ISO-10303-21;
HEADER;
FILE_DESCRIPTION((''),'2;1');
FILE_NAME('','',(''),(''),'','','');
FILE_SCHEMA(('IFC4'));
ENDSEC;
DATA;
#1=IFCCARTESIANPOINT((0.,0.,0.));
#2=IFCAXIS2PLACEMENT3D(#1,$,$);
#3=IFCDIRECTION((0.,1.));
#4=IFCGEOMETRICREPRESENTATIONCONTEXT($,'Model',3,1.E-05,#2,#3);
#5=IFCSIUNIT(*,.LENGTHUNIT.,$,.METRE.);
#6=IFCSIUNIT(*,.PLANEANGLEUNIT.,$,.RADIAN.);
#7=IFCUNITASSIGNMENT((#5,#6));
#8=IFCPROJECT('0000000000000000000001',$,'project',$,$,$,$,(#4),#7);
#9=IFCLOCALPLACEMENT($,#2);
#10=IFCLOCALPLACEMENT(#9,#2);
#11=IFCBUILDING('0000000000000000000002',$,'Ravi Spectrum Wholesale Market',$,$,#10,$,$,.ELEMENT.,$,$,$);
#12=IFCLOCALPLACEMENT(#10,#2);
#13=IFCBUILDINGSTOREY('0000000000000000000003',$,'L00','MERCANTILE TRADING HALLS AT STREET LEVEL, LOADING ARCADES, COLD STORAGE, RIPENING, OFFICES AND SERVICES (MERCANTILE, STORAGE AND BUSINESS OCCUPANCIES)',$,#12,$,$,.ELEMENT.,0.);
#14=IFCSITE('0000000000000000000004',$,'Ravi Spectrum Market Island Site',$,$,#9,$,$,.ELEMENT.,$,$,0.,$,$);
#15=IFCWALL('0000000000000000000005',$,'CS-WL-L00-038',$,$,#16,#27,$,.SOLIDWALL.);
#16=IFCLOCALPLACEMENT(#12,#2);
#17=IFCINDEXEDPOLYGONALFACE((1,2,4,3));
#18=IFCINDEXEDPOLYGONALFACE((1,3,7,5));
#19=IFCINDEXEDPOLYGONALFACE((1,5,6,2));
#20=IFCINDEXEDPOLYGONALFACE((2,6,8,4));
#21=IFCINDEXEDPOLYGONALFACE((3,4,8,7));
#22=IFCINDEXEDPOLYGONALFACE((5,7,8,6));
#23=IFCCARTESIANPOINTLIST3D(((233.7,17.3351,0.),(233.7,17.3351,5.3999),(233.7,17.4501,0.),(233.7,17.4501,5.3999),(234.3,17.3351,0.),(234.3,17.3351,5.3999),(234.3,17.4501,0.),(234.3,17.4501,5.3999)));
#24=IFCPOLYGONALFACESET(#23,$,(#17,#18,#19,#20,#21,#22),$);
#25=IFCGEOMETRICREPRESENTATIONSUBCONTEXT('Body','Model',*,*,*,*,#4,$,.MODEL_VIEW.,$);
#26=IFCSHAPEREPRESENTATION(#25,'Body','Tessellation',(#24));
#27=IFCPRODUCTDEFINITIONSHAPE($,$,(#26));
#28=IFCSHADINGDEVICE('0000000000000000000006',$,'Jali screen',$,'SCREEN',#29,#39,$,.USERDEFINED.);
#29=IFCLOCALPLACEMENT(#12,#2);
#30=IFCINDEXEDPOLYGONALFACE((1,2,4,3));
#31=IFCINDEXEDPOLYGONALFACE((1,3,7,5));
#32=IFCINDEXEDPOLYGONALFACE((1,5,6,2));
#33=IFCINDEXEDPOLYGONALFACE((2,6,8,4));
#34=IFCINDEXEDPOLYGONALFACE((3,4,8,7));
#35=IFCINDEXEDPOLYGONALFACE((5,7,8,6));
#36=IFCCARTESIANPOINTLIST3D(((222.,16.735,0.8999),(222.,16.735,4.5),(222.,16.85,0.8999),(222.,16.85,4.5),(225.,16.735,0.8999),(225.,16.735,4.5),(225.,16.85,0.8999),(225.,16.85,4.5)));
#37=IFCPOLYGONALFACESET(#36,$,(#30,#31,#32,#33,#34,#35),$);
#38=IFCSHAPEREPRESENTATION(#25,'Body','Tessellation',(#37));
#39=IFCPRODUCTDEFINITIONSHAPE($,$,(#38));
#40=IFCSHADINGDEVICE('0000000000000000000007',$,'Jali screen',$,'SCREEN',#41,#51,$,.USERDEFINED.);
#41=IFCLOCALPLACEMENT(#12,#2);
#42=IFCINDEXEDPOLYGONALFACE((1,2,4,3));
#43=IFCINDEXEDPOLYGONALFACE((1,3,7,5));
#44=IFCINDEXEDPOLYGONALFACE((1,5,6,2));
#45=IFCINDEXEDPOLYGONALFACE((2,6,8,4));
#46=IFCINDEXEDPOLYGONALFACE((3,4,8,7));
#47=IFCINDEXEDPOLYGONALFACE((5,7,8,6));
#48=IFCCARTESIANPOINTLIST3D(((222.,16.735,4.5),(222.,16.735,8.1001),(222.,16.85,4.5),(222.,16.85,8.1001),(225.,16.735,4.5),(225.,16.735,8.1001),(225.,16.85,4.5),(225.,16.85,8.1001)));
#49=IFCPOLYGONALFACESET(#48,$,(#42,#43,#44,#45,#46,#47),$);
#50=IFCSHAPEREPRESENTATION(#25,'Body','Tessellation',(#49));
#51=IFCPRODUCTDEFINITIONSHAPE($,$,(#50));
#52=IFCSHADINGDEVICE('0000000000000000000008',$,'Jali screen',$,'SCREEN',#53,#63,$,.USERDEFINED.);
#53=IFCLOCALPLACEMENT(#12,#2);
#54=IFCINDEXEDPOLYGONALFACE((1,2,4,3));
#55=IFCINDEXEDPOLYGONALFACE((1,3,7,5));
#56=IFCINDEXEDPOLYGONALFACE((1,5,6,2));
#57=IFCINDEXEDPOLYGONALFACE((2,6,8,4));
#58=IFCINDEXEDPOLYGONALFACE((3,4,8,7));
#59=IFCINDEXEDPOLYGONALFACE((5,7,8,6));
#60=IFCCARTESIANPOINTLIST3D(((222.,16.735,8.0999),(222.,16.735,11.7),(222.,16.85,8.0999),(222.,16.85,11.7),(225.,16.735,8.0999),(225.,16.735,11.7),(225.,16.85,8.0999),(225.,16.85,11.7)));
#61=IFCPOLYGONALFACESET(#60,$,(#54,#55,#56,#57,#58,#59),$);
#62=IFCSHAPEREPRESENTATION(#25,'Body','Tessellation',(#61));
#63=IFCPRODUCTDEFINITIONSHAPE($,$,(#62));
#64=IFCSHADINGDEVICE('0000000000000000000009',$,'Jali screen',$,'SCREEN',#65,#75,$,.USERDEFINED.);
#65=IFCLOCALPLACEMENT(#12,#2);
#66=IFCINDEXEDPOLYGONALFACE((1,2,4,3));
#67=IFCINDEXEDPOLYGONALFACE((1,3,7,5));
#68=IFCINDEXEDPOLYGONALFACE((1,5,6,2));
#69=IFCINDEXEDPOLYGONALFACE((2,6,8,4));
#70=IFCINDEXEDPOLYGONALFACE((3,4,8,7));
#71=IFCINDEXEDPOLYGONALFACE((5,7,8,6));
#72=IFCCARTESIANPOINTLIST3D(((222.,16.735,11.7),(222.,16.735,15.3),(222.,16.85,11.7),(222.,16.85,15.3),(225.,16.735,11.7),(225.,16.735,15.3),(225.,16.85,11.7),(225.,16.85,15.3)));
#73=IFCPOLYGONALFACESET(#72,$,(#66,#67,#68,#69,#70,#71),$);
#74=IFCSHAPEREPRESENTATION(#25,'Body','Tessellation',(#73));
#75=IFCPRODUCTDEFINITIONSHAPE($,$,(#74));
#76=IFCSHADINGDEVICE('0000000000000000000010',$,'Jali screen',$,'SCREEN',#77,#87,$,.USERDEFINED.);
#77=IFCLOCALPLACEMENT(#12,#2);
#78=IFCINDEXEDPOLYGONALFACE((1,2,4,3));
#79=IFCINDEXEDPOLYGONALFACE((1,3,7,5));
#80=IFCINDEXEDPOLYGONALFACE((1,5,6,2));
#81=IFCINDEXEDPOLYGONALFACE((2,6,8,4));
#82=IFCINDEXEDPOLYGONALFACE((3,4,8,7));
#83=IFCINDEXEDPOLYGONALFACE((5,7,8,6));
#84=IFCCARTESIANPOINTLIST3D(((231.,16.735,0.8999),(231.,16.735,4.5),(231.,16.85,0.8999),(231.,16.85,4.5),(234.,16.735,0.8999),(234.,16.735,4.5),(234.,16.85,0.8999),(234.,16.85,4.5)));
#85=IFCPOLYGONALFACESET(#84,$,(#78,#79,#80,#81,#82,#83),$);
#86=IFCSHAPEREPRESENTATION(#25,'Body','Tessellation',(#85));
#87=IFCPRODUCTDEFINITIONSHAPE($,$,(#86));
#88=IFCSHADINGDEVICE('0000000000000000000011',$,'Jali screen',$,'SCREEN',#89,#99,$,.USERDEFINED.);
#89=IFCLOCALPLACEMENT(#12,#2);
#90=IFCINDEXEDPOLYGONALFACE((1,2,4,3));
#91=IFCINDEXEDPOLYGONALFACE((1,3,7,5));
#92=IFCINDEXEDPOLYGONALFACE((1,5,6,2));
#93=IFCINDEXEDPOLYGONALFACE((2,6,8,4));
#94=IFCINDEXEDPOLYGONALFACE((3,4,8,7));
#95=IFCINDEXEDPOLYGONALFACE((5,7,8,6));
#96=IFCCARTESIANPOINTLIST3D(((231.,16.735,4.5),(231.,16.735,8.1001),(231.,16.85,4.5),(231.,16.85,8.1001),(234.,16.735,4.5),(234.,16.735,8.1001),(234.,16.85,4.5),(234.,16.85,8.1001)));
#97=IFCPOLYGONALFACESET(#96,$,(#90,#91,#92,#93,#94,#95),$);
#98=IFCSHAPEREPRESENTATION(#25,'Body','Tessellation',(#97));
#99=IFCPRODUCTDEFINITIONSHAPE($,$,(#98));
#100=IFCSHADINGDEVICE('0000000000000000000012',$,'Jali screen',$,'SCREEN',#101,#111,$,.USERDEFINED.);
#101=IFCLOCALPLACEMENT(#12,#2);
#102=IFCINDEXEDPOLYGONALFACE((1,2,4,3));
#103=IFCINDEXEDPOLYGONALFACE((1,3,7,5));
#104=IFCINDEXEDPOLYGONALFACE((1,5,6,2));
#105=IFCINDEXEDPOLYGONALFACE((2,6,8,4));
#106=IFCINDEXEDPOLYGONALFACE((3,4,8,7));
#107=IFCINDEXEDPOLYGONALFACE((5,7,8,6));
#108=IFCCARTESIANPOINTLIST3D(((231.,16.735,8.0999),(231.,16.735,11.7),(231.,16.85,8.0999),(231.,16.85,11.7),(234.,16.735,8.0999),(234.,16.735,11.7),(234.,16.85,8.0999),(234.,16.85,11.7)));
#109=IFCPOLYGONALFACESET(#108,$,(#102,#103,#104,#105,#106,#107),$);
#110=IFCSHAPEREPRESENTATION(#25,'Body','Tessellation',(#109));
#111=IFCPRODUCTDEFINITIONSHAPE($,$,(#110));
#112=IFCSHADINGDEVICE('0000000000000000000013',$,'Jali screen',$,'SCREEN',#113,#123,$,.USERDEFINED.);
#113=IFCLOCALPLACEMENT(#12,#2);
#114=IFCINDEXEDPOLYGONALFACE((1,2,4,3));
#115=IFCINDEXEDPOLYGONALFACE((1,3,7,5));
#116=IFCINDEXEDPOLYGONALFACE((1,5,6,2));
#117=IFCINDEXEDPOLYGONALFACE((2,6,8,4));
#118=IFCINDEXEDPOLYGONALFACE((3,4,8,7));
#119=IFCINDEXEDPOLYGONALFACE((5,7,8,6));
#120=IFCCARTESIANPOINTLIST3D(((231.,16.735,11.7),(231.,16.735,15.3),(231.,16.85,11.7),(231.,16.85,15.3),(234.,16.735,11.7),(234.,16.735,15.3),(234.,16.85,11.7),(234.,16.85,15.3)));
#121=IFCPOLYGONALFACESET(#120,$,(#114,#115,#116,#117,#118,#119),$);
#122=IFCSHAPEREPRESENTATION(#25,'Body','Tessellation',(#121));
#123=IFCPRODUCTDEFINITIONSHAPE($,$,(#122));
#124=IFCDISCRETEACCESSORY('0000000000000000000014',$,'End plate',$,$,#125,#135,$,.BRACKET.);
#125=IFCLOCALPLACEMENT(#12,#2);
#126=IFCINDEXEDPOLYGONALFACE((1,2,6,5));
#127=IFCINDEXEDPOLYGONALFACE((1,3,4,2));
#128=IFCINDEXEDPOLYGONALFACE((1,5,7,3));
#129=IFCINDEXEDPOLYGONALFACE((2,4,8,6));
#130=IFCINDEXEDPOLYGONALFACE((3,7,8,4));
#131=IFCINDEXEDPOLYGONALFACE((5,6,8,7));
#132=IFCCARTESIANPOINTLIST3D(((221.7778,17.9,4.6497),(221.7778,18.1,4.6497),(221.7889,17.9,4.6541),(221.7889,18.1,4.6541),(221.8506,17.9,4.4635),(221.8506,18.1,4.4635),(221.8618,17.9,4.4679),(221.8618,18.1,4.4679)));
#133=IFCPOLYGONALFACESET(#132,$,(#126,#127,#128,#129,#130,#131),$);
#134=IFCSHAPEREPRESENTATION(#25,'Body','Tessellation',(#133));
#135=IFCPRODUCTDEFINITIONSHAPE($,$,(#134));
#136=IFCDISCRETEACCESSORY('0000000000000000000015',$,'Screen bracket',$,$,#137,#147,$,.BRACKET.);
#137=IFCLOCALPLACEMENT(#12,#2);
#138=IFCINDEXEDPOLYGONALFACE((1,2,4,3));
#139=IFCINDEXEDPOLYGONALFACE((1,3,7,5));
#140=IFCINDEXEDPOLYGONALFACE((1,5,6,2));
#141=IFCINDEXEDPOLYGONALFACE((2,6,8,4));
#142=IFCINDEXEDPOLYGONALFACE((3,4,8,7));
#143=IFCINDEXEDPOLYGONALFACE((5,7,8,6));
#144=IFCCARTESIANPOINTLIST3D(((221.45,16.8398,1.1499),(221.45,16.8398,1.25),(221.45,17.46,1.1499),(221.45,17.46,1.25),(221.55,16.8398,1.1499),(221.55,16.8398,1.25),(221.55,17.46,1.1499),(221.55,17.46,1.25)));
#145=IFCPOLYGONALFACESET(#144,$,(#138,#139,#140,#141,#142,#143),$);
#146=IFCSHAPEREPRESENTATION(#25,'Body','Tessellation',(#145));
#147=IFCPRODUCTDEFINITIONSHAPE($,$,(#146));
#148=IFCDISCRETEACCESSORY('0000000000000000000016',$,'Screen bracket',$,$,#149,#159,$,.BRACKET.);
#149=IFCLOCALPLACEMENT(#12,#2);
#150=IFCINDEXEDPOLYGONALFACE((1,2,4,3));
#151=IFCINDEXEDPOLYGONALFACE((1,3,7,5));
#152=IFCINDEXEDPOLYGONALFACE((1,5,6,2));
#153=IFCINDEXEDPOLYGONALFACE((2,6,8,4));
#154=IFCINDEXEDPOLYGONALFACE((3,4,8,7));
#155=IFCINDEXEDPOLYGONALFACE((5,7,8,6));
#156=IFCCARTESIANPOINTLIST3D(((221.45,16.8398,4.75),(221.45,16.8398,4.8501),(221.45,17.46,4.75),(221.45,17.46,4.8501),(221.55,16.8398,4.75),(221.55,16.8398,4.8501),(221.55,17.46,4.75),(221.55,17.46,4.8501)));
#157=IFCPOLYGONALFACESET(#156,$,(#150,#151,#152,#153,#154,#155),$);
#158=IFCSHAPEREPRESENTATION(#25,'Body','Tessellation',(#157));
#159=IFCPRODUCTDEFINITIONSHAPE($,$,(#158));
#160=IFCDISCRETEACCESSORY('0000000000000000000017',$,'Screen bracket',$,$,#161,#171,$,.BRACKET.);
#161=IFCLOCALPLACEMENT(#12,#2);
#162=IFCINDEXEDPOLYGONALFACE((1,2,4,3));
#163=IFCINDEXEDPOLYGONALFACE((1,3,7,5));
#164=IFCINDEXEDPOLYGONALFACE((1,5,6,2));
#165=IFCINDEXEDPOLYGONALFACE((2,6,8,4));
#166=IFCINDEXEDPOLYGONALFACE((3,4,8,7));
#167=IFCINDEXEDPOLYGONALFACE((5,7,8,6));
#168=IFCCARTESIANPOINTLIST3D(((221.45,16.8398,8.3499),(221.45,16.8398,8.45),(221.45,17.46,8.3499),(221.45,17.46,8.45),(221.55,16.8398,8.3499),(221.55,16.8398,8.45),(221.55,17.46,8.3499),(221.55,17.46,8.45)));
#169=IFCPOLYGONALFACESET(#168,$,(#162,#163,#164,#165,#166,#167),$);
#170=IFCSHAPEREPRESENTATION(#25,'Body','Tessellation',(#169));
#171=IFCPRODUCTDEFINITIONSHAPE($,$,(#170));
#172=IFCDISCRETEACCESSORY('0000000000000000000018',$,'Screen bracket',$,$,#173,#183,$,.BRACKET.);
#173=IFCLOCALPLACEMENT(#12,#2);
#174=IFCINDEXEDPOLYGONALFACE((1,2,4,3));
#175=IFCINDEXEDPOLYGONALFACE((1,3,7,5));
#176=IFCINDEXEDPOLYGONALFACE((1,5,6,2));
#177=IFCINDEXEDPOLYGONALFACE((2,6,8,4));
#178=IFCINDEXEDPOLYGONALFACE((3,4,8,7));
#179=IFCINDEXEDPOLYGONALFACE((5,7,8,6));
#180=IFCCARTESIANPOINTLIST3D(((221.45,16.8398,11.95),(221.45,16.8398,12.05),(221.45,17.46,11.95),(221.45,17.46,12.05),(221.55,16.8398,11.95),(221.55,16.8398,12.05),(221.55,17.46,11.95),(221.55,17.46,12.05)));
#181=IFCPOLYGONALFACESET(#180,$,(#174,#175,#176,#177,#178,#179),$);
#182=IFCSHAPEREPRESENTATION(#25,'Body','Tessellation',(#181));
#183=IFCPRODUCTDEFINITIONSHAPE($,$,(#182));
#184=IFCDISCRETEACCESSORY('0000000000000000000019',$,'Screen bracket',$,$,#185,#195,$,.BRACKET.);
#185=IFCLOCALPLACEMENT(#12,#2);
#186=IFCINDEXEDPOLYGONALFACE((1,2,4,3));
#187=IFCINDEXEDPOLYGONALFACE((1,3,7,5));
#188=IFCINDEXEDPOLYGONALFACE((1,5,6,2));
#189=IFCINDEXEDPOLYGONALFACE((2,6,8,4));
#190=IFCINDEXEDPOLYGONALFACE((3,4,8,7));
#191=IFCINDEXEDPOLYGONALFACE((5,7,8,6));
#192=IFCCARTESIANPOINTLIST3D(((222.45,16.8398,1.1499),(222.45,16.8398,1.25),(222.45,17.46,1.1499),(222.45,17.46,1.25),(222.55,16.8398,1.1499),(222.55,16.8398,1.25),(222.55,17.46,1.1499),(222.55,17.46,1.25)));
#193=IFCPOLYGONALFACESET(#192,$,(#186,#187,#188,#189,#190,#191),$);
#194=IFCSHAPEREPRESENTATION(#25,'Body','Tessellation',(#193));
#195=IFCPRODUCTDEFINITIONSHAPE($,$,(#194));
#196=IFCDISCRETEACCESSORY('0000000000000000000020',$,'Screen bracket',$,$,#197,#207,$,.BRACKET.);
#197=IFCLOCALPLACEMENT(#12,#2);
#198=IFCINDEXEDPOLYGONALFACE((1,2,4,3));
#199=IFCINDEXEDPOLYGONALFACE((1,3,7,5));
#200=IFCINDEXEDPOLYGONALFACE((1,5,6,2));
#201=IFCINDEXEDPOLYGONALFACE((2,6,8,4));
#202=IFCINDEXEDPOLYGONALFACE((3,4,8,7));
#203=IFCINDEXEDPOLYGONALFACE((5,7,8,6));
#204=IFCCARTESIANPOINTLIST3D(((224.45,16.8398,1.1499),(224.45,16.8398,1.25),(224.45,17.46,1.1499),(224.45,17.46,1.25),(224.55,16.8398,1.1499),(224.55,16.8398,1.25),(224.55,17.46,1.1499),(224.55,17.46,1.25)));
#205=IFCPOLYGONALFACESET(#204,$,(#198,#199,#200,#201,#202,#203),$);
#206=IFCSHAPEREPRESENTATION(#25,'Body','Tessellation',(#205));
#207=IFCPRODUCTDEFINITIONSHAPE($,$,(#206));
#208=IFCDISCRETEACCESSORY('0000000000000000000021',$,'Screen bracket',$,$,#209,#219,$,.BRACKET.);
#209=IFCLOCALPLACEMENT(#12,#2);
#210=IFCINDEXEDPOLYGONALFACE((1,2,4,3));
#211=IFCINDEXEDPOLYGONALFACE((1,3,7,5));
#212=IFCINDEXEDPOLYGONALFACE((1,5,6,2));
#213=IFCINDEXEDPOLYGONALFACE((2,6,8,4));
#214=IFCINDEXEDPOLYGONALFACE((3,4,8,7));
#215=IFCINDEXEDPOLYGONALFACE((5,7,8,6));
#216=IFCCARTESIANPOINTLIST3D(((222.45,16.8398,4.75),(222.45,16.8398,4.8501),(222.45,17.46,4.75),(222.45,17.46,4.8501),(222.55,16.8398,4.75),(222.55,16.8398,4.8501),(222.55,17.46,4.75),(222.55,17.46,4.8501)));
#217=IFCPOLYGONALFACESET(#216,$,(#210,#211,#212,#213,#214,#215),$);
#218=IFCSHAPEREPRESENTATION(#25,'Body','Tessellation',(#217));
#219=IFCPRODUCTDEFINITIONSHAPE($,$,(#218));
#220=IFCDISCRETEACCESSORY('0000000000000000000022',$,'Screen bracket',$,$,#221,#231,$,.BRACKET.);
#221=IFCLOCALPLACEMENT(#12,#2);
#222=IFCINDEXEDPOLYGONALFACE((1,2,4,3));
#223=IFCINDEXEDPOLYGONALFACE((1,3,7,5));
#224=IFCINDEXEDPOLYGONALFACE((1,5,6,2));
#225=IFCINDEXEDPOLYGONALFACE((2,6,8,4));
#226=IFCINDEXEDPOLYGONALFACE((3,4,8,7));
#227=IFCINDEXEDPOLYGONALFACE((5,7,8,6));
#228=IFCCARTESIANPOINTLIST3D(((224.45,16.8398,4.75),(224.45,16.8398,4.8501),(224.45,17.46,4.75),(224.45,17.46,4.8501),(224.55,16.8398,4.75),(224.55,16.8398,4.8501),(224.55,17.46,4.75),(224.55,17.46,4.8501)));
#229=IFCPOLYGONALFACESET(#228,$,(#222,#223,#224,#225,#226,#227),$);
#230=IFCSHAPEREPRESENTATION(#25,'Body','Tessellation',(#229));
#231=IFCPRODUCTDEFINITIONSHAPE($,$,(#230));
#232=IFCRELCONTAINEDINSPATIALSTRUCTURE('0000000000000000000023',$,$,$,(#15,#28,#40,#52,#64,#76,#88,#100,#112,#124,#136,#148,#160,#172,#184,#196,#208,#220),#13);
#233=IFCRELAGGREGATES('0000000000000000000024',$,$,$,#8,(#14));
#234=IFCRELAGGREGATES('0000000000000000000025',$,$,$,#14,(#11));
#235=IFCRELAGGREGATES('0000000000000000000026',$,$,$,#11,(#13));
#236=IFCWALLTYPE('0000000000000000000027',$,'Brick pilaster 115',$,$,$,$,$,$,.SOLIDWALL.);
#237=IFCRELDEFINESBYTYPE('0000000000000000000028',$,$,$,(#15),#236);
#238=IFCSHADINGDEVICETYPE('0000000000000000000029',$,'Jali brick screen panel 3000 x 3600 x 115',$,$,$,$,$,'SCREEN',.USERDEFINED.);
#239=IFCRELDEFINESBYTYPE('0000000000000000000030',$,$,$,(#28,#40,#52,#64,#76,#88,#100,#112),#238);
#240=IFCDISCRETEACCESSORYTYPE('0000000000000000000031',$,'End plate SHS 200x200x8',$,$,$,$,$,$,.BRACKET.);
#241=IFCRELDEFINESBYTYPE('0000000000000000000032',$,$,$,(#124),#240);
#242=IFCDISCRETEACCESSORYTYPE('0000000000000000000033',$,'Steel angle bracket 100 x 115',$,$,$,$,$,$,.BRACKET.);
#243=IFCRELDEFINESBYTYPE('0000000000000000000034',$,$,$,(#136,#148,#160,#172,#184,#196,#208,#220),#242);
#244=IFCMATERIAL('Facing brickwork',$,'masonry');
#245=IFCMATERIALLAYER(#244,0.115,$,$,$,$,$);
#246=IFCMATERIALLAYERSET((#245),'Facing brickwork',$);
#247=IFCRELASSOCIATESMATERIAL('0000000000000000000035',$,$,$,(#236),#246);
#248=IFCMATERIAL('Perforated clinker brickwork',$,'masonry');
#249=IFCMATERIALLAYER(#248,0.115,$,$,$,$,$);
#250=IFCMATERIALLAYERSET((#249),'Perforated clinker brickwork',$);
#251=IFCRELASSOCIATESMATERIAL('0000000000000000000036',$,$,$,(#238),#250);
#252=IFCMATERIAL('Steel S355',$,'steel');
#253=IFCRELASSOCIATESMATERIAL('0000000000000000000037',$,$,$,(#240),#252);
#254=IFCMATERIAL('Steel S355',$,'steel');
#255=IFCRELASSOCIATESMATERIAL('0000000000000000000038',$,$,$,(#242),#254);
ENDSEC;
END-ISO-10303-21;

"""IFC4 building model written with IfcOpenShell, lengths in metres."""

from ifc_helpers import new_model, si_unit, direction, frame, frame_2d, origin, origin_2d, place, context, subcontext, project, spatial, rectangle, extrude, material, layer, layer_set, material_profile, profile_set, type_object, element, save


model = new_model("IFC4")

# Units and contexts
model_context = context("Model", 3, precision=1e-05, world=origin(), true_north=direction((0.0, 1.0)))
body_context = subcontext(model_context, "Body", "Model", "MODEL_VIEW")
ifc_project = project(units=[si_unit("LENGTHUNIT", "METRE"), si_unit("PLANEANGLEUNIT", "RADIAN")], contexts=[model_context])

# Site, building, storey
site_placement = place(None, origin())
site = spatial("IfcSite", under=ifc_project, at=site_placement, Name="Ravi Spectrum Market Island Site", CompositionType="ELEMENT", RefElevation=0.0)
building_placement = place(site_placement, origin())
building = spatial("IfcBuilding", under=site, at=building_placement, Name="Ravi Spectrum Wholesale Market", CompositionType="ELEMENT")
storey_placement = place(building_placement, origin())
storey = spatial("IfcBuildingStorey", under=building, at=storey_placement, Name="L00", Description="MERCANTILE TRADING HALLS AT STREET LEVEL, LOADING ARCADES, COLD STORAGE, RIPENING, OFFICES AND SERVICES (MERCANTILE, STORAGE AND BUSINESS OCCUPANCIES)", CompositionType="ELEMENT", Elevation=0.0)

# Wall
ifc_material_1 = material(Name="Facing brickwork", Category="masonry")
ifc_layer_1 = layer(ifc_material_1, 0.115)
ifc_layer_set_1 = layer_set([ifc_layer_1], Name="Facing brickwork")
wall_type_1 = type_object("IfcWallType", Name="Brick pilaster 115", PredefinedType="SOLIDWALL", material=ifc_layer_set_1)
for number, where, z_axis, x_axis, name in (
    (1, (233.7, 17.3926, 0.0), (0.0, 0.0, 1.0), (1.0, 0.0, 0.0), "CS-WL-L00-038"),
):
    element("IfcWall", number, at=place(storey_placement, frame(where, z_axis=z_axis, x_axis=x_axis)), inside=storey, type_object=wall_type_1, Name=name, PredefinedType="SOLIDWALL", context=body_context, shape_type="SweptSolid", body=[
        extrude(rectangle(XDim=0.6001, YDim=0.115, at=frame_2d((0.3, 0.0))), origin(), (0.0, 0.0, 1.0), 5.3999),
    ])

# Shading devices
ifc_material_2 = material(Name="Perforated clinker brickwork", Category="masonry")
ifc_layer_2 = layer(ifc_material_2, 0.115)
ifc_layer_set_2 = layer_set([ifc_layer_2], Name="Perforated clinker brickwork")
shading_device_type = type_object("IfcShadingDeviceType", Name="Jali brick screen panel 3000 x 3600 x 115", ElementType="SCREEN", PredefinedType="USERDEFINED", material=ifc_layer_set_2)
for number, where, z_axis, x_axis, name in (
    (2, (223.5, 16.7925, 0.8999), (0.0, 0.0, 1.0), (1.0, 0.0, 0.0), "Jali screen"),
    (3, (223.5, 16.7925, 4.5), (0.0, 0.0, 1.0), (1.0, 0.0, 0.0), "Jali screen"),
    (4, (223.5, 16.7925, 8.0999), (0.0, 0.0, 1.0), (1.0, 0.0, 0.0), "Jali screen"),
    (5, (223.5, 16.7925, 11.7), (0.0, 0.0, 1.0), (1.0, 0.0, 0.0), "Jali screen"),
    (6, (232.5, 16.7925, 0.8999), (0.0, 0.0, 1.0), (1.0, 0.0, 0.0), "Jali screen"),
    (7, (232.5, 16.7925, 4.5), (0.0, 0.0, 1.0), (1.0, 0.0, 0.0), "Jali screen"),
    (8, (232.5, 16.7925, 8.0999), (0.0, 0.0, 1.0), (1.0, 0.0, 0.0), "Jali screen"),
    (9, (232.5, 16.7925, 11.7), (0.0, 0.0, 1.0), (1.0, 0.0, 0.0), "Jali screen"),
):
    element("IfcShadingDevice", number, at=place(storey_placement, frame(where, z_axis=z_axis, x_axis=x_axis)), inside=storey, type_object=shading_device_type, Name=name, ObjectType="SCREEN", PredefinedType="USERDEFINED", context=body_context, shape_type="SweptSolid", body=[
        extrude(rectangle(XDim=3.0, YDim=0.115, at=origin_2d()), origin(), (0.0, 0.0, 1.0), 3.6001),
    ])

# Discrete accessories
ifc_material_3 = material(Name="Steel S355", Category="steel")
ifc_material_profile_1 = material_profile(ifc_material_3, rectangle(XDim=0.2, YDim=0.2, at=origin_2d()))
ifc_profile_set_1 = profile_set([ifc_material_profile_1], Name="Steel S355")
discrete_accessory_type_1 = type_object("IfcDiscreteAccessoryType", Name="End plate SHS 200x200x8", PredefinedType="BRACKET", material=ifc_profile_set_1)
discrete_accessory_placement = place(storey_placement, frame((221.8142, 18.0, 4.5566), z_axis=(0.931243, 0.0, 0.364399), x_axis=(0.0, 1.0, 0.0)))
element("IfcDiscreteAccessory", 10, at=discrete_accessory_placement, inside=storey, type_object=discrete_accessory_type_1, Name="End plate", PredefinedType="BRACKET", context=body_context, shape_type="SweptSolid", body=[
    extrude(rectangle(XDim=0.2, YDim=0.2, at=origin_2d()), origin(), (0.0, 0.0, 1.0), 0.012),
])
ifc_material_4 = material(Name="Steel S355", Category="steel")
discrete_accessory_type_2 = type_object("IfcDiscreteAccessoryType", Name="Steel angle bracket 100 x 115", PredefinedType="BRACKET", material=ifc_material_4)
for number, where, z_axis, x_axis, name in (
    (11, (221.5, 17.1499, 1.1499), (0.0, 0.0, 1.0), (1.0, 0.0, 0.0), "Screen bracket"),
    (12, (221.5, 17.1499, 4.75), (0.0, 0.0, 1.0), (1.0, 0.0, 0.0), "Screen bracket"),
    (13, (221.5, 17.1499, 8.3499), (0.0, 0.0, 1.0), (1.0, 0.0, 0.0), "Screen bracket"),
    (14, (221.5, 17.1499, 11.95), (0.0, 0.0, 1.0), (1.0, 0.0, 0.0), "Screen bracket"),
    (15, (222.5, 17.1499, 1.1499), (0.0, 0.0, 1.0), (1.0, 0.0, 0.0), "Screen bracket"),
    (16, (224.5, 17.1499, 1.1499), (0.0, 0.0, 1.0), (1.0, 0.0, 0.0), "Screen bracket"),
    (17, (222.5, 17.1499, 4.75), (0.0, 0.0, 1.0), (1.0, 0.0, 0.0), "Screen bracket"),
    (18, (224.5, 17.1499, 4.75), (0.0, 0.0, 1.0), (1.0, 0.0, 0.0), "Screen bracket"),
):
    element("IfcDiscreteAccessory", number, at=place(storey_placement, frame(where, z_axis=z_axis, x_axis=x_axis)), inside=storey, type_object=discrete_accessory_type_2, Name=name, PredefinedType="BRACKET", context=body_context, shape_type="SweptSolid", body=[
        extrude(rectangle(XDim=0.1001, YDim=0.6201, at=origin_2d()), origin(), (0.0, 0.0, 1.0), 0.1001),
    ])

save(model, "model.ifc")
